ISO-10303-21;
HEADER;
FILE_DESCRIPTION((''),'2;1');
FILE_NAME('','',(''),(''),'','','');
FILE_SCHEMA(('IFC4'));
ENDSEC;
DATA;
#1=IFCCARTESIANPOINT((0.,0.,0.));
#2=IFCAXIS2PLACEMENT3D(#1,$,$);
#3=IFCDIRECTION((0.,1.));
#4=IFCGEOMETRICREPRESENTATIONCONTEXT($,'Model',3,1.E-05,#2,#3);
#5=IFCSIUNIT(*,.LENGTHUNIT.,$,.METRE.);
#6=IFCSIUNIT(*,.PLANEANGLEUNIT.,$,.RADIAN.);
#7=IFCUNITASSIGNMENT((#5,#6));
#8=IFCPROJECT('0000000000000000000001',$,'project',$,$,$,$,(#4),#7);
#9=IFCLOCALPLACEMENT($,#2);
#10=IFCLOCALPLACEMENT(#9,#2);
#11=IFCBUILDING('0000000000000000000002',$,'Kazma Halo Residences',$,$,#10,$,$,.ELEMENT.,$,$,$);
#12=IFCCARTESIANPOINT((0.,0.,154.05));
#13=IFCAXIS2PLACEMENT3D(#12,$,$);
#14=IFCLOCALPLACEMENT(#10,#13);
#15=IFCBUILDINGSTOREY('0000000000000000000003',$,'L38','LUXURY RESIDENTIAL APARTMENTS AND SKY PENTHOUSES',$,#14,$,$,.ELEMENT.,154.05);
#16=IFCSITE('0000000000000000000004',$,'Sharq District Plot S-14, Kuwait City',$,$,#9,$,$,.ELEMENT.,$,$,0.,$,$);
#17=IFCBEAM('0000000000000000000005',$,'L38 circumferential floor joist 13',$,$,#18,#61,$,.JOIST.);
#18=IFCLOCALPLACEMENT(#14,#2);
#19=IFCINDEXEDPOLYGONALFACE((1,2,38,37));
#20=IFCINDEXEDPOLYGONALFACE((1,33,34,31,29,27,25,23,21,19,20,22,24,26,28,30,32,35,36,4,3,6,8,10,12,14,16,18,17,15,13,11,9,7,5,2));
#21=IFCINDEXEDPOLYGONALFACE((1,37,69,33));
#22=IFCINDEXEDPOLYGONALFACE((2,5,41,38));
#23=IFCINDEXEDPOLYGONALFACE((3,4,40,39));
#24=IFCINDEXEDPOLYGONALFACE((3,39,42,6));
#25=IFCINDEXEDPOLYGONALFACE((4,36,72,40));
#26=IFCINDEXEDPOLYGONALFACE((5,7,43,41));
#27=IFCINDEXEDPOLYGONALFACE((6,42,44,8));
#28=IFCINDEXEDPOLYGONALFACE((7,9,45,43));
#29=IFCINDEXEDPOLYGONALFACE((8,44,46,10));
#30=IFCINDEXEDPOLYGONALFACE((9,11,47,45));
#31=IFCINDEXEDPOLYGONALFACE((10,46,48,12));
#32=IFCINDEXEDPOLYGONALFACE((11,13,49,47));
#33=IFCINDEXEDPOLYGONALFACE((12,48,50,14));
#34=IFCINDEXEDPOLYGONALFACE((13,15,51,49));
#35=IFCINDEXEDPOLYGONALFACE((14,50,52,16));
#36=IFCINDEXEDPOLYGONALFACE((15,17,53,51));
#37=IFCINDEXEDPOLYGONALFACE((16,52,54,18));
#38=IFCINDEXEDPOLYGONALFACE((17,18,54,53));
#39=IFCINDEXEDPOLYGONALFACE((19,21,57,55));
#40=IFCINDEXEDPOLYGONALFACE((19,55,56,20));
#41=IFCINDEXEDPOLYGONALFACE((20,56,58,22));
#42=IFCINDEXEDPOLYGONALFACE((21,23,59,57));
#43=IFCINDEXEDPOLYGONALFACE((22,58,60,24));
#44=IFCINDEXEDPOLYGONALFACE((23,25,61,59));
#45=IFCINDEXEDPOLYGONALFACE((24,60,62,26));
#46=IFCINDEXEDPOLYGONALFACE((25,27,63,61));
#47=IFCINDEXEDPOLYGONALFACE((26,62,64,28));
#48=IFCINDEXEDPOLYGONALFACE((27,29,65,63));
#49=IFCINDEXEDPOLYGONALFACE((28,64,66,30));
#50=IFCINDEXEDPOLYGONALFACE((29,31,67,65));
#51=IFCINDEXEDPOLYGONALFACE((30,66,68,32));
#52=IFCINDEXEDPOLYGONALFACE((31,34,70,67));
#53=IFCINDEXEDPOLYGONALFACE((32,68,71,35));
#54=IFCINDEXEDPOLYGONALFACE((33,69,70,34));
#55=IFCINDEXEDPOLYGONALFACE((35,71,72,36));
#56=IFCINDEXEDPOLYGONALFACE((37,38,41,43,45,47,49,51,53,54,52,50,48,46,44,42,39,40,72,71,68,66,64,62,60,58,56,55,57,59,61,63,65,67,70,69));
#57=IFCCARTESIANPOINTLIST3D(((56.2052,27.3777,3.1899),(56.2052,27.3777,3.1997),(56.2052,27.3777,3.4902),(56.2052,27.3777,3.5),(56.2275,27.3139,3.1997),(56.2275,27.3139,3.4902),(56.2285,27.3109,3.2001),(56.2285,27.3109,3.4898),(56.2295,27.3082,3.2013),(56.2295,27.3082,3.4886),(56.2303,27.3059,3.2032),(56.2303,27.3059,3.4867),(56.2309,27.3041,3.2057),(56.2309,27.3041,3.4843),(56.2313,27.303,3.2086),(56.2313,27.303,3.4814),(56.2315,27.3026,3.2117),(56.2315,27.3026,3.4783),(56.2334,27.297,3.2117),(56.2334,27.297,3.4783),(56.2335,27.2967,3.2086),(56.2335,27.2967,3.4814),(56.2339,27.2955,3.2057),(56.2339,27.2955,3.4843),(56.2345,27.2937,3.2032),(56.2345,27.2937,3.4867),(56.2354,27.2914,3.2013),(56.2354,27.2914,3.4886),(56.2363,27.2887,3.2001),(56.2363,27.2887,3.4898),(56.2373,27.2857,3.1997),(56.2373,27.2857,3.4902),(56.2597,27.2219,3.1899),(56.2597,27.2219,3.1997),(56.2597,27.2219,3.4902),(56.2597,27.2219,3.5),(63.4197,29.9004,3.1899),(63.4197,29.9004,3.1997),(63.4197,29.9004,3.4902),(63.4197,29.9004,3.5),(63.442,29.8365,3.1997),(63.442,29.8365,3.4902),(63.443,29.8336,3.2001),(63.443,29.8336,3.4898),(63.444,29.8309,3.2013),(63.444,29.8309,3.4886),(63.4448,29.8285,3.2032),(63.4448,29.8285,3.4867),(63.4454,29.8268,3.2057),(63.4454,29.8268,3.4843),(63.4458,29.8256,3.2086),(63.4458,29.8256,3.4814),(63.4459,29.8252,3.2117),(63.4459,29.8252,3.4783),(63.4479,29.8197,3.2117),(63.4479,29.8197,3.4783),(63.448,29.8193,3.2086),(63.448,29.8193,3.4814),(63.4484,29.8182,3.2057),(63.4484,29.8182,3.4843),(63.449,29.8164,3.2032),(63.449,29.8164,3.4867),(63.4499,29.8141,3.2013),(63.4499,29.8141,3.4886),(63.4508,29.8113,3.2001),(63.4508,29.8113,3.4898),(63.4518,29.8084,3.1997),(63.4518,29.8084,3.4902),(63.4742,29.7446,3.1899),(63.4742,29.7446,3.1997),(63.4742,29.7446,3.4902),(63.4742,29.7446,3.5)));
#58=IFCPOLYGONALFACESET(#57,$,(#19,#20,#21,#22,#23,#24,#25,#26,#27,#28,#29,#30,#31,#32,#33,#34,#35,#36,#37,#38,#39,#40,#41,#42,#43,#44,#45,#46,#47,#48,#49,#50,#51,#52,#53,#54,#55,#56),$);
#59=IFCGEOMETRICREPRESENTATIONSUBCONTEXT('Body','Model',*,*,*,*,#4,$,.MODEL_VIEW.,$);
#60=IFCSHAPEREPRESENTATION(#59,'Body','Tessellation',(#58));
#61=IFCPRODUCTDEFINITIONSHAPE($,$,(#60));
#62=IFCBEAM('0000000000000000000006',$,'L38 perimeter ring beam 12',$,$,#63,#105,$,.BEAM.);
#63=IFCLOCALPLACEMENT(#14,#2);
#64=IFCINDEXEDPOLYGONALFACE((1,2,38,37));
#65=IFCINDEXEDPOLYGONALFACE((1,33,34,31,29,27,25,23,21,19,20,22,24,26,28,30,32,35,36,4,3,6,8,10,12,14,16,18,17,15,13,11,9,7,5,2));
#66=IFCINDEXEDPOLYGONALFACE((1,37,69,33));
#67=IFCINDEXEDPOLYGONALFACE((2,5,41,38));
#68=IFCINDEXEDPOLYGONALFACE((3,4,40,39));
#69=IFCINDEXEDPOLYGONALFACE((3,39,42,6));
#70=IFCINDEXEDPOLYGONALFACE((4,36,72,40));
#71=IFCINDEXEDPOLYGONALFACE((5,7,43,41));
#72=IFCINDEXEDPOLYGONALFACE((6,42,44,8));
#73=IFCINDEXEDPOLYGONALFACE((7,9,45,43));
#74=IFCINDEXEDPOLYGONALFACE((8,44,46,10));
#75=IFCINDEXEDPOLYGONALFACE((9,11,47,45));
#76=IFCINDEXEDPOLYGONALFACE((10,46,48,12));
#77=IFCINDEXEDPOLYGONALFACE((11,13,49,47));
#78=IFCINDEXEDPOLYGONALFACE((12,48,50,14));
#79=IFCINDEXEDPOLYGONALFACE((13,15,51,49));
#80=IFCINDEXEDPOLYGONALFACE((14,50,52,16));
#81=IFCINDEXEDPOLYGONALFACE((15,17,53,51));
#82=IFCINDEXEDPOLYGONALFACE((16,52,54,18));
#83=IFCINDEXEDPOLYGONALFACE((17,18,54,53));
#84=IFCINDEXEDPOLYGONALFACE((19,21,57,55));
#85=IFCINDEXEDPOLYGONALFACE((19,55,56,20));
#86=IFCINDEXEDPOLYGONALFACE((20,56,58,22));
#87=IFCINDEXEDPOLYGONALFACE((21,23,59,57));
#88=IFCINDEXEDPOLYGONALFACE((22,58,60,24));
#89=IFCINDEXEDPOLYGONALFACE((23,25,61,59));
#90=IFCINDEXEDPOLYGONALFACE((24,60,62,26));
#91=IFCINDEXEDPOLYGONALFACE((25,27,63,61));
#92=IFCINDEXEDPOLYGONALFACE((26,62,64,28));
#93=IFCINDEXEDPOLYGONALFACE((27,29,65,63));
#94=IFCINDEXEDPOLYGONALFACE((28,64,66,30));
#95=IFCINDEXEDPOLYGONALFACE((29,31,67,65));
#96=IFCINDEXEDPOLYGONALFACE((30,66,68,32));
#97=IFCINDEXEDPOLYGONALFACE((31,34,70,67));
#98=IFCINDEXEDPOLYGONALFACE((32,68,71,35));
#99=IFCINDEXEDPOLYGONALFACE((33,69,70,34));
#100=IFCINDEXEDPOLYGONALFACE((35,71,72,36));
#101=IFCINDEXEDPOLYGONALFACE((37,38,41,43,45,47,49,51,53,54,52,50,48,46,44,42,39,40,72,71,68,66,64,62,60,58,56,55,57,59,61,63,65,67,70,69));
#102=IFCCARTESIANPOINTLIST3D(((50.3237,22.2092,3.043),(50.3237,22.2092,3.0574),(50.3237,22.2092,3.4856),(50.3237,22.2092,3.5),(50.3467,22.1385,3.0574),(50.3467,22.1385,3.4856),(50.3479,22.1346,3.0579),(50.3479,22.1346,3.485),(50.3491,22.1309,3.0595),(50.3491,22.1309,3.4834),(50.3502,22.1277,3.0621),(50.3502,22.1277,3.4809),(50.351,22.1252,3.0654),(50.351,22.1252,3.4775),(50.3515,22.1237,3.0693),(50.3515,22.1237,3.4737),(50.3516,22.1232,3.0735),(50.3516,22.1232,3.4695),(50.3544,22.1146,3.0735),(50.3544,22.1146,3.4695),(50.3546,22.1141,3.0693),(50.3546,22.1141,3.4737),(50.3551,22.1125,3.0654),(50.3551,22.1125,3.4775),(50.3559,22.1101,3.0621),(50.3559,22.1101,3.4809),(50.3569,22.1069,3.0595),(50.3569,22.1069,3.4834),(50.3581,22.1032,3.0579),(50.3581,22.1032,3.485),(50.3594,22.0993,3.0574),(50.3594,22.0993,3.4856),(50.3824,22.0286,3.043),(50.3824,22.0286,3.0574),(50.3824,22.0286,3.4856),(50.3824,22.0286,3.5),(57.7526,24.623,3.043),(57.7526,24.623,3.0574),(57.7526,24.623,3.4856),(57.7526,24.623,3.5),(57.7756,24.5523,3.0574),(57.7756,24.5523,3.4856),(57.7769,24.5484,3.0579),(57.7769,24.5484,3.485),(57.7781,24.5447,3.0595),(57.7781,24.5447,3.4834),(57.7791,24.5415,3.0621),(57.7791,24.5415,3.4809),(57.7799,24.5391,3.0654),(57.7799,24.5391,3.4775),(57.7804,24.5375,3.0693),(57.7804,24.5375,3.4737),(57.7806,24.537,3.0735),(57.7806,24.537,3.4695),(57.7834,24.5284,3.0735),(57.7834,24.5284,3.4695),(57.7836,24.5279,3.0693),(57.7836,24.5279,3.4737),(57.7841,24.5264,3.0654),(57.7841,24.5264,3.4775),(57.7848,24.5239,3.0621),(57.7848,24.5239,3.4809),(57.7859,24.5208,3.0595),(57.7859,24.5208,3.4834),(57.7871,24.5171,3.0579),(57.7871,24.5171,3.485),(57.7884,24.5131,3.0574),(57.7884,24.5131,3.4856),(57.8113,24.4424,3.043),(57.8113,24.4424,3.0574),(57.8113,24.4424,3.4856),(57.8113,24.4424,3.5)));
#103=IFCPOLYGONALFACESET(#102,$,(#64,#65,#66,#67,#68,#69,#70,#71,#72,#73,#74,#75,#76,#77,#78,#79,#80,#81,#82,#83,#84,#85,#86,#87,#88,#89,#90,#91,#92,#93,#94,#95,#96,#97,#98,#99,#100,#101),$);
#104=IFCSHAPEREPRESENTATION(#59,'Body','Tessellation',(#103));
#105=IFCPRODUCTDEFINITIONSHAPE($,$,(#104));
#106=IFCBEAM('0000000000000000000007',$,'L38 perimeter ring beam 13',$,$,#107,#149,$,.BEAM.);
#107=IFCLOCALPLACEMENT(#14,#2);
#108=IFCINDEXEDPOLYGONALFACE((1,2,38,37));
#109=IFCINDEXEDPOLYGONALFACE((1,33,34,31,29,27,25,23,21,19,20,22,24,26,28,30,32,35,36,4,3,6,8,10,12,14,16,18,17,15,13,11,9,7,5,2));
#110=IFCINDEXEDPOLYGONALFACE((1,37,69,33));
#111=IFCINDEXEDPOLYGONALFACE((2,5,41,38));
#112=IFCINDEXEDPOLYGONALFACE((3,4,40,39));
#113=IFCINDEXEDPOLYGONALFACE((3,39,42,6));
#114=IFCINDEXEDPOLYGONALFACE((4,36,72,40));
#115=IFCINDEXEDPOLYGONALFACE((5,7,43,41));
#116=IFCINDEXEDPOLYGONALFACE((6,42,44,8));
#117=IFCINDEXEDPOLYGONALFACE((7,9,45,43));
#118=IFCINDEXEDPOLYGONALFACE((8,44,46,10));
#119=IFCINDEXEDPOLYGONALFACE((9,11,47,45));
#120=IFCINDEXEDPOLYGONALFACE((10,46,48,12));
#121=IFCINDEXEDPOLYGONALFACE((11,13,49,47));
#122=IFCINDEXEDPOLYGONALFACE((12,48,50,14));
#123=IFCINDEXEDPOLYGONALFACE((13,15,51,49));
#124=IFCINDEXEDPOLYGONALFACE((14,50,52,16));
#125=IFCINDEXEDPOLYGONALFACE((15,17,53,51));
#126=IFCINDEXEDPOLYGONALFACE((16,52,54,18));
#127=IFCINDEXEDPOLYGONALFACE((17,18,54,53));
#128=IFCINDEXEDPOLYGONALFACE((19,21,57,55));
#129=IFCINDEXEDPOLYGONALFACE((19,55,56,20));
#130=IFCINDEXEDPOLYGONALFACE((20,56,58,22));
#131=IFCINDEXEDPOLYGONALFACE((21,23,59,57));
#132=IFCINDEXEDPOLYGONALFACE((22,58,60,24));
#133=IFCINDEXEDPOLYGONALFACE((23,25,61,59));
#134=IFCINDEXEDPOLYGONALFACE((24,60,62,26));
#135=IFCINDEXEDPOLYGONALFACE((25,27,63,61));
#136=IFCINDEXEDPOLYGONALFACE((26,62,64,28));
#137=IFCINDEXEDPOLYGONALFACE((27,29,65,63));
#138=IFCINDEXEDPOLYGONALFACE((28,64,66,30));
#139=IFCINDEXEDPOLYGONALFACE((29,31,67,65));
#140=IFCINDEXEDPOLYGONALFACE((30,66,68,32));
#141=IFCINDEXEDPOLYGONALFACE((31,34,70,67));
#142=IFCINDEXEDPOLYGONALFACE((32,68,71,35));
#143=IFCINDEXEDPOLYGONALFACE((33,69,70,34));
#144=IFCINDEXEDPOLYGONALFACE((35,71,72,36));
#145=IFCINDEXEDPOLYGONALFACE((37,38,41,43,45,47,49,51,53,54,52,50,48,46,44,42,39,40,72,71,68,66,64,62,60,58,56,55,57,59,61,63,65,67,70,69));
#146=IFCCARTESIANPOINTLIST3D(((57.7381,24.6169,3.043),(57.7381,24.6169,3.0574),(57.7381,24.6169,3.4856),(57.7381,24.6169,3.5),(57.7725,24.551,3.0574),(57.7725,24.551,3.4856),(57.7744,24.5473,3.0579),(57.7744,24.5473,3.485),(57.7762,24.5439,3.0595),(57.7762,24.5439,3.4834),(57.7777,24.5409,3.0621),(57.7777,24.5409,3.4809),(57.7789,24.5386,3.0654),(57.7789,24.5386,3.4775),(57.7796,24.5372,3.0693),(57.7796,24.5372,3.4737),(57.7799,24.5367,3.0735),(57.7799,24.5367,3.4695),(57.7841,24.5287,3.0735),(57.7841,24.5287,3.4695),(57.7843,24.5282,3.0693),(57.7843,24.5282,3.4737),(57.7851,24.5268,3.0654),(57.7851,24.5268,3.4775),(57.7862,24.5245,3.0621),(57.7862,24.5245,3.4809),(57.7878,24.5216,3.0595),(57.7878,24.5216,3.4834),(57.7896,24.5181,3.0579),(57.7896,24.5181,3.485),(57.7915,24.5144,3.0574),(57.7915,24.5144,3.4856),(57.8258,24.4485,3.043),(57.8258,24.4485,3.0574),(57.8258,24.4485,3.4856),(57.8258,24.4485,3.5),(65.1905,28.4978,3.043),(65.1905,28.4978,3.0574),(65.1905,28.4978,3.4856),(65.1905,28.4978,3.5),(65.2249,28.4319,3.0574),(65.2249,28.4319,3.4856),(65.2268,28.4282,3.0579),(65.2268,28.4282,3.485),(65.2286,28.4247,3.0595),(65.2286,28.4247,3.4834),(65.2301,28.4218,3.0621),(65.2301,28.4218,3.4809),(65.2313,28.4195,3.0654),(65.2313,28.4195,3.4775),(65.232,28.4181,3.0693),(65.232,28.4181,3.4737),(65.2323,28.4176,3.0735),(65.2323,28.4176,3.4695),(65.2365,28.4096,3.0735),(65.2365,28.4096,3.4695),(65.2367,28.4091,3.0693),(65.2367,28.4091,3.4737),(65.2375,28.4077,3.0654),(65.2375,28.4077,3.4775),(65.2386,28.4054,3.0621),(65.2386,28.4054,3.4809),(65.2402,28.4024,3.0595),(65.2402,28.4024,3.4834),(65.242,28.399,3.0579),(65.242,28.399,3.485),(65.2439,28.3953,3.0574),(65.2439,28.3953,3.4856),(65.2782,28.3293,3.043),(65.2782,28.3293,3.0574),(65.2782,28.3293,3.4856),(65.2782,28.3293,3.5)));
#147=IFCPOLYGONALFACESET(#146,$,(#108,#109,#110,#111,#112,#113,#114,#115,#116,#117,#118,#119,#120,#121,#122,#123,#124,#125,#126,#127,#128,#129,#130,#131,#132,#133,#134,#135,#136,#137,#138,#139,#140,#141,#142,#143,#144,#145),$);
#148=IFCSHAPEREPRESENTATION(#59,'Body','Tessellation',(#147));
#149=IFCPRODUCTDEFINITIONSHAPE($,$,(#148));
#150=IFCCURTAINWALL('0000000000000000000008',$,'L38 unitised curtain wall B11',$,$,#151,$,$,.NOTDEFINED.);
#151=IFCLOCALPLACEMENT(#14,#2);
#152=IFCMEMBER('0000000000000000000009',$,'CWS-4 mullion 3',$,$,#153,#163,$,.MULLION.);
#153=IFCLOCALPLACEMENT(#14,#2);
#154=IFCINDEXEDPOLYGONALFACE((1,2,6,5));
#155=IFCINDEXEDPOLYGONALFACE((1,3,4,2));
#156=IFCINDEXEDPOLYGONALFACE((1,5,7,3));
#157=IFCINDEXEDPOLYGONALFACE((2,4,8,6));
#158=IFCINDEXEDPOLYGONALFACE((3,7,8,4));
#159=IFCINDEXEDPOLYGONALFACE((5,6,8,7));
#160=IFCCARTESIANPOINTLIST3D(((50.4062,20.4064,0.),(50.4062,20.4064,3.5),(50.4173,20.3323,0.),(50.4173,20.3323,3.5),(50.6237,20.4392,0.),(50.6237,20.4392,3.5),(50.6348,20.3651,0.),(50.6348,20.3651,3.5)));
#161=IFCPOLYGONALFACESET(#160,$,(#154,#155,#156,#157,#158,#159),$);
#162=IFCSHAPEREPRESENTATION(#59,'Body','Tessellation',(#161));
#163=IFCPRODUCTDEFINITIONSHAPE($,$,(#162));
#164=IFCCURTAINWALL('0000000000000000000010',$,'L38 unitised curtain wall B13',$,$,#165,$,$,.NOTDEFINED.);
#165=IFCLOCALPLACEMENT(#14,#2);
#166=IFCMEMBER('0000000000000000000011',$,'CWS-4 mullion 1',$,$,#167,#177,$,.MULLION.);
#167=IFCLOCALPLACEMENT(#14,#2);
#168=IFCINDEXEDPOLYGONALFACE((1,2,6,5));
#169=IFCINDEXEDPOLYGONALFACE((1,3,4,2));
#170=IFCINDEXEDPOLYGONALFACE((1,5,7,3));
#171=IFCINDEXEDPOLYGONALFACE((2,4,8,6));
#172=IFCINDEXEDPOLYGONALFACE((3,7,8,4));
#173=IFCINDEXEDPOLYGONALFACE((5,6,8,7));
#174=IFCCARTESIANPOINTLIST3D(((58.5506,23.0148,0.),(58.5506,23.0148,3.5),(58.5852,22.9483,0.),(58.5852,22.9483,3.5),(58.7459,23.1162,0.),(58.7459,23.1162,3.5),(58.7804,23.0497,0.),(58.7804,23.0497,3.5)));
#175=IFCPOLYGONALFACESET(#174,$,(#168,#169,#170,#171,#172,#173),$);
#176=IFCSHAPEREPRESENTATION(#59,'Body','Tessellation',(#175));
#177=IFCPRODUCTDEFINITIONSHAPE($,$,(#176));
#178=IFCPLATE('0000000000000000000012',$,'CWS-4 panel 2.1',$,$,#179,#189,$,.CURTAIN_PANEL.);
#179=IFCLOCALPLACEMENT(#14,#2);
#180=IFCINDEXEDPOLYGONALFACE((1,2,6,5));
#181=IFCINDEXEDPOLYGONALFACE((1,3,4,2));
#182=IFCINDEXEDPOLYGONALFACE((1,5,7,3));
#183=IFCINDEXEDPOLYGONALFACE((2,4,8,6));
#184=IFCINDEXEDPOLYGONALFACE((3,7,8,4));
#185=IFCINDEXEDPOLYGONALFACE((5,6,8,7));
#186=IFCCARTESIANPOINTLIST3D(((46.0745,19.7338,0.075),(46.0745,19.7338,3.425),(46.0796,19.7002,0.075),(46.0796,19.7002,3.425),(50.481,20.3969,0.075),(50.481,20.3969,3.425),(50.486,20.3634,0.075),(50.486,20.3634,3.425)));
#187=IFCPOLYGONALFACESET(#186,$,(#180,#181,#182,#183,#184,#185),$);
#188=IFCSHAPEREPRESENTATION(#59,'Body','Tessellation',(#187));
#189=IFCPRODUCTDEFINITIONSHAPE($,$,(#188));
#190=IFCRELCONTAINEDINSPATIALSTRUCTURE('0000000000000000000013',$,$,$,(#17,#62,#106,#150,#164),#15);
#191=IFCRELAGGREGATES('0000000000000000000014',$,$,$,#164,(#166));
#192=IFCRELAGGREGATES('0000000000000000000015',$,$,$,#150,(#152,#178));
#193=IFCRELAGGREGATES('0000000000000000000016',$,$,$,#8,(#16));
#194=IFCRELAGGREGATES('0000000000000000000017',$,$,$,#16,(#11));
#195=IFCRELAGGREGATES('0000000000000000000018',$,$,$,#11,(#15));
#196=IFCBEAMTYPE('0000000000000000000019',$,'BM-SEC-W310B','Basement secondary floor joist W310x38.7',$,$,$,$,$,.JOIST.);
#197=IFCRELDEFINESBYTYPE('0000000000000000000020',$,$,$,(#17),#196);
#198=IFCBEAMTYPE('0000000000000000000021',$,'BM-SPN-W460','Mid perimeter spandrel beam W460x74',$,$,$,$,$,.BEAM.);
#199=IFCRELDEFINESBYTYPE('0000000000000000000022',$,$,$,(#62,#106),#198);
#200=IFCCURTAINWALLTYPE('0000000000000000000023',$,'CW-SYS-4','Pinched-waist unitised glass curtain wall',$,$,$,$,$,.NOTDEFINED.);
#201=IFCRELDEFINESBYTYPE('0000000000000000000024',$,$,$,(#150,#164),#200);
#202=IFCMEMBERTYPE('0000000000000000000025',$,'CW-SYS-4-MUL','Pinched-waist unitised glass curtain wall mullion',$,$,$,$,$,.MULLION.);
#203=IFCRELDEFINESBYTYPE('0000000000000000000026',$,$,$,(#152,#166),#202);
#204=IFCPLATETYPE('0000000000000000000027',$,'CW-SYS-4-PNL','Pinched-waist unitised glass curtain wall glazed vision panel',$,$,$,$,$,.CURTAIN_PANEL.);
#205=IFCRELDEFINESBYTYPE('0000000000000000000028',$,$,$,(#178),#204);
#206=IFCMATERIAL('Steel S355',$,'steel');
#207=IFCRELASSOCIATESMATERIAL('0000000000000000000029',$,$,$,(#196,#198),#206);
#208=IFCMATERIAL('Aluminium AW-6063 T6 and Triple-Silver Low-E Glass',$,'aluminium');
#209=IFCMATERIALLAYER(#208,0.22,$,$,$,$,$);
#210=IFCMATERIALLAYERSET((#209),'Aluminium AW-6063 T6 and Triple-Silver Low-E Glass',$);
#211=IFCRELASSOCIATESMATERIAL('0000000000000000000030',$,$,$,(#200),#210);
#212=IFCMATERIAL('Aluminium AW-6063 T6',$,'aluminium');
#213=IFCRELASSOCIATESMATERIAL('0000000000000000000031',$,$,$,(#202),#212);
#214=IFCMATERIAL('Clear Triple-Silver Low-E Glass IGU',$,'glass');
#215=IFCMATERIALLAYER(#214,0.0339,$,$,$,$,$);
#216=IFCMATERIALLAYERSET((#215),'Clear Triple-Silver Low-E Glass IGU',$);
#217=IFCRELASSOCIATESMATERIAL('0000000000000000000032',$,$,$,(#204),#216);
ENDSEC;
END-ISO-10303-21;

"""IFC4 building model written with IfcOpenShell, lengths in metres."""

from ifc_helpers import new_model, si_unit, direction, frame, origin, origin_2d, place, context, subcontext, project, spatial, rectangle, i_section, extrude, material, layer, layer_set, material_profile, profile_set, type_object, element, aggregate, save


model = new_model("IFC4")

# Units and contexts
model_context = context("Model", 3, precision=1e-05, world=origin(), true_north=direction((0.0, 1.0)))
body_context = subcontext(model_context, "Body", "Model", "MODEL_VIEW")
ifc_project = project(units=[si_unit("LENGTHUNIT", "METRE"), si_unit("PLANEANGLEUNIT", "RADIAN")], contexts=[model_context])

# Site, building, storey
site_placement = place(None, origin())
site = spatial("IfcSite", under=ifc_project, at=site_placement, Name="Sharq District Plot S-14, Kuwait City", CompositionType="ELEMENT", RefElevation=0.0)
building_placement = place(site_placement, origin())
building = spatial("IfcBuilding", under=site, at=building_placement, Name="Kazma Halo Residences", CompositionType="ELEMENT")
storey_placement = place(building_placement, frame((0.0, 0.0, 154.05)))
storey = spatial("IfcBuildingStorey", under=building, at=storey_placement, Name="L38", Description="LUXURY RESIDENTIAL APARTMENTS AND SKY PENTHOUSES", CompositionType="ELEMENT", Elevation=154.05)

# Beams
ifc_material_1 = material(Name="Steel S355", Category="steel")
ifc_material_profile_1 = material_profile(ifc_material_1, i_section(OverallWidth=0.165, OverallDepth=0.3101, WebThickness=0.0059, FlangeThickness=0.0098, FilletRadius=0.012, at=origin_2d()), Name="W310x38.7")
ifc_profile_set_1 = profile_set([ifc_material_profile_1], Name="Steel S355")
beam_type_1 = type_object("IfcBeamType", Name="BM-SEC-W310B", Description="Basement secondary floor joist W310x38.7", PredefinedType="JOIST", material=ifc_profile_set_1)
beam_1_placement = place(storey_placement, frame((56.2324, 27.2998, 3.345), z_axis=(0.943956, 0.33007, 0.0), x_axis=(-0.33007, 0.943956, 0.0)))
element("IfcBeam", 1, at=beam_1_placement, inside=storey, type_object=beam_type_1, Name="L38 circumferential floor joist 13", PredefinedType="JOIST", context=body_context, shape_type="SweptSolid", body=[
    extrude(i_section(OverallWidth=0.165, OverallDepth=0.3101, WebThickness=0.0059, FlangeThickness=0.0098, FilletRadius=0.012, at=origin_2d()), origin(), (0.0, 0.0, 1.0), 7.6428),
])
ifc_material_profile_2 = material_profile(ifc_material_1, i_section(OverallWidth=0.1899, OverallDepth=0.457, WebThickness=0.009, FlangeThickness=0.0144, FilletRadius=0.0161, at=origin_2d()), Name="W460x74")
ifc_profile_set_2 = profile_set([ifc_material_profile_2], Name="Steel S355")
beam_type_2 = type_object("IfcBeamType", Name="BM-SPN-W460", Description="Mid perimeter spandrel beam W460x74", PredefinedType="BEAM", material=ifc_profile_set_2)
beam_2_placement = place(storey_placement, frame((50.353, 22.1189, 3.2715), z_axis=(0.951056, 0.309018, 0.0), x_axis=(-0.309018, 0.951056, 0.0)))
element("IfcBeam", 2, at=beam_2_placement, inside=storey, type_object=beam_type_2, Name="L38 perimeter ring beam 12", PredefinedType="BEAM", context=body_context, shape_type="SweptSolid", body=[
    extrude(i_section(OverallWidth=0.1899, OverallDepth=0.457, WebThickness=0.009, FlangeThickness=0.0144, FilletRadius=0.0161, at=origin_2d()), origin(), (0.0, 0.0, 1.0), 7.8113),
])
beam_3_placement = place(storey_placement, frame((57.782, 24.5327, 3.2715), z_axis=(0.886943, 0.461879, 0.0), x_axis=(-0.461879, 0.886943, 0.0)))
element("IfcBeam", 3, at=beam_3_placement, inside=storey, type_object=beam_type_2, Name="L38 perimeter ring beam 13", PredefinedType="BEAM", context=body_context, shape_type="SweptSolid", body=[
    extrude(i_section(OverallWidth=0.1899, OverallDepth=0.457, WebThickness=0.009, FlangeThickness=0.0144, FilletRadius=0.0161, at=origin_2d()), origin(), (0.0, 0.0, 1.0), 8.4023),
])

# Curtain walls, members
ifc_material_2 = material(Name="Aluminium AW-6063 T6 and Triple-Silver Low-E Glass", Category="aluminium")
ifc_layer_1 = layer(ifc_material_2, 0.22)
ifc_layer_set_1 = layer_set([ifc_layer_1], Name="Aluminium AW-6063 T6 and Triple-Silver Low-E Glass")
curtain_wall_type = type_object("IfcCurtainWallType", Name="CW-SYS-4", Description="Pinched-waist unitised glass curtain wall", PredefinedType="NOTDEFINED", material=ifc_layer_set_1)
curtain_wall_1_placement = place(storey_placement, origin())
curtain_wall_1 = element("IfcCurtainWall", 4, at=curtain_wall_1_placement, inside=storey, type_object=curtain_wall_type, Name="L38 unitised curtain wall B11", PredefinedType="NOTDEFINED")
ifc_material_3 = material(Name="Aluminium AW-6063 T6", Category="aluminium")
ifc_material_profile_3 = material_profile(ifc_material_3, rectangle(XDim=0.075, YDim=0.22, at=origin_2d()), Name="CWM-75x220")
ifc_profile_set_3 = profile_set([ifc_material_profile_3], Name="Aluminium AW-6063 T6")
member_type = type_object("IfcMemberType", Name="CW-SYS-4-MUL", Description="Pinched-waist unitised glass curtain wall mullion", PredefinedType="MULLION", material=ifc_profile_set_3)
member_1_placement = place(storey_placement, frame((50.5205, 20.3857, 0.0), z_axis=(0.0, 0.0, 1.0), x_axis=(-0.148821, 0.988864, 0.0)))
member_1 = element("IfcMember", 5, at=member_1_placement, type_object=member_type, Name="CWS-4 mullion 3", PredefinedType="MULLION", context=body_context, shape_type="SweptSolid", body=[
    extrude(rectangle(XDim=0.075, YDim=0.22, at=origin_2d()), origin(), (0.0, 0.0, 1.0), 3.5),
])
curtain_wall_2_placement = place(storey_placement, origin())
curtain_wall_2 = element("IfcCurtainWall", 6, at=curtain_wall_2_placement, inside=storey, type_object=curtain_wall_type, Name="L38 unitised curtain wall B13", PredefinedType="NOTDEFINED")
member_2_placement = place(storey_placement, frame((58.6655, 23.0322, 0.0), z_axis=(0.0, 0.0, 1.0), x_axis=(-0.460837, 0.887485, 0.0)))
member_2 = element("IfcMember", 7, at=member_2_placement, type_object=member_type, Name="CWS-4 mullion 1", PredefinedType="MULLION", context=body_context, shape_type="SweptSolid", body=[
    extrude(rectangle(XDim=0.075, YDim=0.22, at=origin_2d()), origin(), (0.0, 0.0, 1.0), 3.5),
])
aggregate(curtain_wall_2, [member_2])

# Plate
ifc_material_4 = material(Name="Clear Triple-Silver Low-E Glass IGU", Category="glass")
ifc_layer_2 = layer(ifc_material_4, 0.0339)
ifc_layer_set_2 = layer_set([ifc_layer_2], Name="Clear Triple-Silver Low-E Glass IGU")
plate_type = type_object("IfcPlateType", Name="CW-SYS-4-PNL", Description="Pinched-waist unitised glass curtain wall glazed vision panel", PredefinedType="CURTAIN_PANEL", material=ifc_layer_set_2)
plate_placement = place(storey_placement, frame((48.2803, 20.0486, 0.075), z_axis=(0.0, 0.0, 1.0), x_axis=(0.988864, 0.148821, 0.0)))
plate = element("IfcPlate", 8, at=plate_placement, type_object=plate_type, Name="CWS-4 panel 2.1", PredefinedType="CURTAIN_PANEL", context=body_context, shape_type="SweptSolid", body=[
    extrude(rectangle(XDim=4.4561, YDim=0.0339, at=origin_2d()), origin(), (0.0, 0.0, 1.0), 3.3501),
])
aggregate(curtain_wall_1, [member_1, plate])

save(model, "model.ifc")
